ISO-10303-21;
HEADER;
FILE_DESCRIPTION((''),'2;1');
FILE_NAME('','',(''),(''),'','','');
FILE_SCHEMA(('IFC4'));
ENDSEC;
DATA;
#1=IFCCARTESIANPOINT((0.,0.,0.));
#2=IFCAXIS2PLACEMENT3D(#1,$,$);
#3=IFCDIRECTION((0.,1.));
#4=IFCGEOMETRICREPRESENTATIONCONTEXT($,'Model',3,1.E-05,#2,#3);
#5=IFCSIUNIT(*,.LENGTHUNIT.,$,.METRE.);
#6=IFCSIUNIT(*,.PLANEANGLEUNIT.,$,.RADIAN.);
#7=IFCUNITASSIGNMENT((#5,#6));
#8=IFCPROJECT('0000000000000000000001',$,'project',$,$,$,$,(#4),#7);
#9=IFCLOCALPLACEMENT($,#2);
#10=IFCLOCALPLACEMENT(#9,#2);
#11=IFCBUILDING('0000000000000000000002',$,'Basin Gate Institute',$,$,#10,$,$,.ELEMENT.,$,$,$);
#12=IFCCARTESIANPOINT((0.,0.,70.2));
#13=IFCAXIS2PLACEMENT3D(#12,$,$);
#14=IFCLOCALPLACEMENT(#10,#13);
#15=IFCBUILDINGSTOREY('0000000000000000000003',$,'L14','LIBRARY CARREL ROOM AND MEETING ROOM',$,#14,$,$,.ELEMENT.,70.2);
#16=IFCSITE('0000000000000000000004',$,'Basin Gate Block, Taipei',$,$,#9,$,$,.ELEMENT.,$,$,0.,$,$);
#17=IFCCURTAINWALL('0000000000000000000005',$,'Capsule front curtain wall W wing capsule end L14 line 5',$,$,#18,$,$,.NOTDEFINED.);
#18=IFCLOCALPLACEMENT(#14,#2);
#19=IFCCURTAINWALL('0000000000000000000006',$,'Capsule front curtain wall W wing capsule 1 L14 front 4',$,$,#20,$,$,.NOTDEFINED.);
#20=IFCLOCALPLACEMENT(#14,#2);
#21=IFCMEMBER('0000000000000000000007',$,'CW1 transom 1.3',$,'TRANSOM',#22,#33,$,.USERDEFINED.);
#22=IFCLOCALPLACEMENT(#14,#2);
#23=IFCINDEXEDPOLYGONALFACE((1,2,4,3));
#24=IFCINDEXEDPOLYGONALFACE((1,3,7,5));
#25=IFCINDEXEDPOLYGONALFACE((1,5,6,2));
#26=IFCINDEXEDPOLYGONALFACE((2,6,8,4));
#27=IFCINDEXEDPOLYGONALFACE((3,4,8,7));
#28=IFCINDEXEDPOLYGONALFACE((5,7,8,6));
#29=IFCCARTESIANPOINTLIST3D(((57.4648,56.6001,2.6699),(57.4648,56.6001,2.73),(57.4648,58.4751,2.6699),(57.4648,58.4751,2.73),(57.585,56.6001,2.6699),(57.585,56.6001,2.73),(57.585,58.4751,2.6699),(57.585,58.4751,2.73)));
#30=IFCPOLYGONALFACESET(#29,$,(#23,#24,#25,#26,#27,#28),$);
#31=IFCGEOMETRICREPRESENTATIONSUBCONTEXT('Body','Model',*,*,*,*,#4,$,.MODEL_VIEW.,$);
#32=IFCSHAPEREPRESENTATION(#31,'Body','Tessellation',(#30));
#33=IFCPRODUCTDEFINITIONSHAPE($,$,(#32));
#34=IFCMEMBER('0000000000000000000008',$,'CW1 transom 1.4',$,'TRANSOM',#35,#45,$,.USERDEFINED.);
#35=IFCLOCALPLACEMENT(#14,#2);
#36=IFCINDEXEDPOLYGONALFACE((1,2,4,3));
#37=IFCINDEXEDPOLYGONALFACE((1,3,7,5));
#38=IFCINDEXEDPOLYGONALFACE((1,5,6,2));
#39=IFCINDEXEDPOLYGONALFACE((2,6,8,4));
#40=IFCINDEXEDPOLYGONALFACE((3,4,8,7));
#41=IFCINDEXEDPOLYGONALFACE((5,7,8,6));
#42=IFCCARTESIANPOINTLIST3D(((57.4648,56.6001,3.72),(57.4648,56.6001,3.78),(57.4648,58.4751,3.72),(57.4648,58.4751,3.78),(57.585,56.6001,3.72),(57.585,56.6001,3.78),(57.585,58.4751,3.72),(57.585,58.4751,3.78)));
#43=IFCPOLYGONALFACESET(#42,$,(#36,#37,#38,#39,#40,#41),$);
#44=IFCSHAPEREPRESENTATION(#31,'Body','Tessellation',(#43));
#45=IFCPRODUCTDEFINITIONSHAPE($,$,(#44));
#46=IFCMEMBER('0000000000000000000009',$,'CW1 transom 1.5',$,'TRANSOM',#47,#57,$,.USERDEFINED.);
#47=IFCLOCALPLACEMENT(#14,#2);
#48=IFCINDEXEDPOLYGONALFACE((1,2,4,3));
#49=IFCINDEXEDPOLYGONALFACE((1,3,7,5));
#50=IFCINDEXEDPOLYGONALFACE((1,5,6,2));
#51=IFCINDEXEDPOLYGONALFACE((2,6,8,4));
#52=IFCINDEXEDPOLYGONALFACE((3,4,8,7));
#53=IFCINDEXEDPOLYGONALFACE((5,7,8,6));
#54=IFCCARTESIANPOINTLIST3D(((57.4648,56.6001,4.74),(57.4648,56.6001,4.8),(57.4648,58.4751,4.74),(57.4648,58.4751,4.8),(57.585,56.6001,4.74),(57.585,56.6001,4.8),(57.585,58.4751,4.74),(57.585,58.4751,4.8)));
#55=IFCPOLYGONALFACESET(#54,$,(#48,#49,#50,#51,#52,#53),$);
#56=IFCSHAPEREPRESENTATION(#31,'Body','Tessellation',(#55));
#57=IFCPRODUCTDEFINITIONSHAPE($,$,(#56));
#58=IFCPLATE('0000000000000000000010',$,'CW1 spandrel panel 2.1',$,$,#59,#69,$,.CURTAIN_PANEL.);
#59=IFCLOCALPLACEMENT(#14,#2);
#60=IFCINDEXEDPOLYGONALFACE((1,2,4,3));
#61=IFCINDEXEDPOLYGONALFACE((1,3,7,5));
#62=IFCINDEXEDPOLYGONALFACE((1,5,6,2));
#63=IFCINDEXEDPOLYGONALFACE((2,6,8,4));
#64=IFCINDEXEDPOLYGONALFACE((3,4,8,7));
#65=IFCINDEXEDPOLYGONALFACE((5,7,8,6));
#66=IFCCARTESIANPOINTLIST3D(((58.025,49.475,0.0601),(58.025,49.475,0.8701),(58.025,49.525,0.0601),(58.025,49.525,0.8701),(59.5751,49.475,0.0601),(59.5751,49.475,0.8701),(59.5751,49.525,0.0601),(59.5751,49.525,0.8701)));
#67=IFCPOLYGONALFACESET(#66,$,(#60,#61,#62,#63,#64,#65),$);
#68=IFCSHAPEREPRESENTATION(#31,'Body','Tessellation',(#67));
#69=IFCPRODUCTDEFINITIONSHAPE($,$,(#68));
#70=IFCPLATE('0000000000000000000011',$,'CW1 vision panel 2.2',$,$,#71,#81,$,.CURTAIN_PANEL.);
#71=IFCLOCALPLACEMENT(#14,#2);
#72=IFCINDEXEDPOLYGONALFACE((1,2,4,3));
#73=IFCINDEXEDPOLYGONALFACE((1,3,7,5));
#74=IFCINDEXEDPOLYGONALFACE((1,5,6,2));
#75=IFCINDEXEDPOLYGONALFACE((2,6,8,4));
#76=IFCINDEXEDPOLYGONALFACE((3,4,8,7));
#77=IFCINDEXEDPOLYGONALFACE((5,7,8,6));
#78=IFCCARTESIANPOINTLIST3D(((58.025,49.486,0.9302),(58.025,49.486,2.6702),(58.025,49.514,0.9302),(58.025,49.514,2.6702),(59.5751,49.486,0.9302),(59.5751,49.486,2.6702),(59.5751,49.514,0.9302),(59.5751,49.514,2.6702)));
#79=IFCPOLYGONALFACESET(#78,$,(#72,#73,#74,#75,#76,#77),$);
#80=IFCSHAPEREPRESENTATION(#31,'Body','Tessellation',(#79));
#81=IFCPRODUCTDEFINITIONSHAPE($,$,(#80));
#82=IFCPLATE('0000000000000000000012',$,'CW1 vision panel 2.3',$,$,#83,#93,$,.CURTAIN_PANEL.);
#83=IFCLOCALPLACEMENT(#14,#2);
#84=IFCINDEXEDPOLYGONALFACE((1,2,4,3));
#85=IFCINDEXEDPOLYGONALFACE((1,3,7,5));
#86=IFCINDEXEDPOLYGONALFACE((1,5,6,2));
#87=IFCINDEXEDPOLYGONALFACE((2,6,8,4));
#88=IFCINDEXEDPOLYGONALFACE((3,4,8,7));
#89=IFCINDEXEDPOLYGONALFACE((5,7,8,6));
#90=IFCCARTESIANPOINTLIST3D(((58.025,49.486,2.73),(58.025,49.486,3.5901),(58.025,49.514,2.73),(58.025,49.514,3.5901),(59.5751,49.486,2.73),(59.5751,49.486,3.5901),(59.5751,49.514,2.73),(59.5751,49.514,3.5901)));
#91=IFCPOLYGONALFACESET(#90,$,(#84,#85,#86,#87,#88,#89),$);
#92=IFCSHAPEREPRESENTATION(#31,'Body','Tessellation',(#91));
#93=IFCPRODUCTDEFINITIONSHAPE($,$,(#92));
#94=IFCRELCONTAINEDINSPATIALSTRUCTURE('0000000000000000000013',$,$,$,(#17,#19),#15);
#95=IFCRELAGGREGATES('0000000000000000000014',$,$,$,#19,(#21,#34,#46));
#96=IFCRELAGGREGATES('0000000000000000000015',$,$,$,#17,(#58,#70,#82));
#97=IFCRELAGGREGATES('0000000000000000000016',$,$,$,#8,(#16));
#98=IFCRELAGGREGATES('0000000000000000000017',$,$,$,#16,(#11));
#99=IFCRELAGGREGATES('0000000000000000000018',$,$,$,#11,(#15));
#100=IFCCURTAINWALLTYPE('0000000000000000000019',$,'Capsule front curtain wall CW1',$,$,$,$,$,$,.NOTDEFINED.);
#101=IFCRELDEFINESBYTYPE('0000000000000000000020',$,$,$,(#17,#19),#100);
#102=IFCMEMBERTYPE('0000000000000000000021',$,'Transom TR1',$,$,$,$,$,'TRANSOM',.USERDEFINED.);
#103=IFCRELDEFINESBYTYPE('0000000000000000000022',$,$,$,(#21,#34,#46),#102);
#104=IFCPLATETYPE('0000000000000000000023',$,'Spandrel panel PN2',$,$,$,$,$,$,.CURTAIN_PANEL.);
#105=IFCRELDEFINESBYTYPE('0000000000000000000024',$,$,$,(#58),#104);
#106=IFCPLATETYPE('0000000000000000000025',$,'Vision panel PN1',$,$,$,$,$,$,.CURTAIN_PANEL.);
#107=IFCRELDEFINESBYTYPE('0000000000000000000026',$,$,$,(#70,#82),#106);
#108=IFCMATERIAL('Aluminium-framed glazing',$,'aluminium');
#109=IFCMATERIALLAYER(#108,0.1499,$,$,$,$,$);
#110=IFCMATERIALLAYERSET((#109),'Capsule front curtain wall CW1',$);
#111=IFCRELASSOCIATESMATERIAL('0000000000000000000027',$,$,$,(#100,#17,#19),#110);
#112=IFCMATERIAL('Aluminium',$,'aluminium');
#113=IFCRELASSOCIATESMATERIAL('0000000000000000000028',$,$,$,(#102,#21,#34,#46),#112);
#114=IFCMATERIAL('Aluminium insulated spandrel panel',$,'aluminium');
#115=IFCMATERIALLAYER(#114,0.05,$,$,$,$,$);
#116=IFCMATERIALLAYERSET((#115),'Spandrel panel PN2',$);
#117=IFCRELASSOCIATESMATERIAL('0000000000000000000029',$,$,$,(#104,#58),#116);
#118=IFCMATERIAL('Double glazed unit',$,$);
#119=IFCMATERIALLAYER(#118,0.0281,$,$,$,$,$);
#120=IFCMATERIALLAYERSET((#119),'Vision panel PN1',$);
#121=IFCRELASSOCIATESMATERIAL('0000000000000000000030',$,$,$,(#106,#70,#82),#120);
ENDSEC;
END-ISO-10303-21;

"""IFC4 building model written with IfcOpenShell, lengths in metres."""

from ifc_helpers import new_model, si_unit, direction, frame, origin, origin_2d, place, context, subcontext, project, spatial, rectangle, extrude, material, layer, layer_set, material_profile, profile_set, type_object, element, aggregate, save


model = new_model("IFC4")

# Units and contexts
model_context = context("Model", 3, precision=1e-05, world=origin(), true_north=direction((0.0, 1.0)))
body_context = subcontext(model_context, "Body", "Model", "MODEL_VIEW")
ifc_project = project(units=[si_unit("LENGTHUNIT", "METRE"), si_unit("PLANEANGLEUNIT", "RADIAN")], contexts=[model_context])

# Site, building, storey
site_placement = place(None, origin())
site = spatial("IfcSite", under=ifc_project, at=site_placement, Name="Basin Gate Block, Taipei", CompositionType="ELEMENT", RefElevation=0.0)
building_placement = place(site_placement, origin())
building = spatial("IfcBuilding", under=site, at=building_placement, Name="Basin Gate Institute", CompositionType="ELEMENT")
storey_placement = place(building_placement, frame((0.0, 0.0, 70.2)))
storey = spatial("IfcBuildingStorey", under=building, at=storey_placement, Name="L14", Description="LIBRARY CARREL ROOM AND MEETING ROOM", CompositionType="ELEMENT", Elevation=70.2)

# Curtain wall
ifc_material_1 = material(Name="Aluminium-framed glazing", Category="aluminium")
ifc_layer_1 = layer(ifc_material_1, 0.1499)
ifc_layer_set_1 = layer_set([ifc_layer_1], Name="Capsule front curtain wall CW1")
curtain_wall_type = type_object("IfcCurtainWallType", Name="Capsule front curtain wall CW1", PredefinedType="NOTDEFINED", material=ifc_layer_set_1)
curtain_wall_1_placement = place(storey_placement, origin())
curtain_wall_1 = element("IfcCurtainWall", 1, at=curtain_wall_1_placement, inside=storey, type_object=curtain_wall_type, material=ifc_layer_set_1, Name="Capsule front curtain wall W wing capsule end L14 line 5", PredefinedType="NOTDEFINED")

# Curtain wall
curtain_wall_2_placement = place(storey_placement, origin())
curtain_wall_2 = element("IfcCurtainWall", 2, at=curtain_wall_2_placement, inside=storey, type_object=curtain_wall_type, material=ifc_layer_set_1, Name="Capsule front curtain wall W wing capsule 1 L14 front 4", PredefinedType="NOTDEFINED")

# Shared definitions
ifc_material_2 = material(Name="Aluminium", Category="aluminium")
ifc_material_profile_1 = material_profile(ifc_material_2, rectangle(XDim=0.1201, YDim=0.0601, at=origin_2d()), Name="Transom TR1 120 x 60")
ifc_profile_set_1 = profile_set([ifc_material_profile_1], Name="Aluminium")
member_type_1 = type_object("IfcMemberType", Name="Transom TR1", ElementType="TRANSOM", PredefinedType="USERDEFINED", material=ifc_profile_set_1)

# Members
member_1_placement = place(storey_placement, frame((57.5249, 56.6001, 2.7), z_axis=(0.0, 1.0, 0.0), x_axis=(-1.0, 0.0, 0.0)))
member_1 = element("IfcMember", 3, at=member_1_placement, type_object=member_type_1, material=ifc_profile_set_1, Name="CW1 transom 1.3", ObjectType="TRANSOM", PredefinedType="USERDEFINED", context=body_context, shape_type="SweptSolid", body=[
    extrude(rectangle(XDim=0.1201, YDim=0.0601, at=origin_2d()), origin(), (0.0, 0.0, 1.0), 1.875),
])
member_2_placement = place(storey_placement, frame((57.5249, 56.6001, 3.75), z_axis=(0.0, 1.0, 0.0), x_axis=(-1.0, 0.0, 0.0)))
member_2 = element("IfcMember", 4, at=member_2_placement, type_object=member_type_1, material=ifc_profile_set_1, Name="CW1 transom 1.4", ObjectType="TRANSOM", PredefinedType="USERDEFINED", context=body_context, shape_type="SweptSolid", body=[
    extrude(rectangle(XDim=0.1201, YDim=0.0601, at=origin_2d()), origin(), (0.0, 0.0, 1.0), 1.875),
])
member_3_placement = place(storey_placement, frame((57.5249, 56.6001, 4.77), z_axis=(0.0, 1.0, 0.0), x_axis=(-1.0, 0.0, 0.0)))
member_3 = element("IfcMember", 5, at=member_3_placement, type_object=member_type_1, material=ifc_profile_set_1, Name="CW1 transom 1.5", ObjectType="TRANSOM", PredefinedType="USERDEFINED", context=body_context, shape_type="SweptSolid", body=[
    extrude(rectangle(XDim=0.1201, YDim=0.0601, at=origin_2d()), origin(), (0.0, 0.0, 1.0), 1.875),
])
aggregate(curtain_wall_2, [member_1, member_2, member_3])

# Plates
ifc_material_3 = material(Name="Aluminium insulated spandrel panel", Category="aluminium")
ifc_layer_2 = layer(ifc_material_3, 0.05)
ifc_layer_set_2 = layer_set([ifc_layer_2], Name="Spandrel panel PN2")
plate_type_1 = type_object("IfcPlateType", Name="Spandrel panel PN2", PredefinedType="CURTAIN_PANEL", material=ifc_layer_set_2)
plate_1_placement = place(storey_placement, frame((58.8, 49.5, 0.0601), z_axis=(0.0, 0.0, 1.0), x_axis=(1.0, 0.0, 0.0)))
plate_1 = element("IfcPlate", 6, at=plate_1_placement, type_object=plate_type_1, material=ifc_layer_set_2, Name="CW1 spandrel panel 2.1", PredefinedType="CURTAIN_PANEL", context=body_context, shape_type="SweptSolid", body=[
    extrude(rectangle(XDim=1.55, YDim=0.05, at=origin_2d()), origin(), (0.0, 0.0, 1.0), 0.8101),
])
ifc_material_4 = material(Name="Double glazed unit")
ifc_layer_3 = layer(ifc_material_4, 0.0281)
ifc_layer_set_3 = layer_set([ifc_layer_3], Name="Vision panel PN1")
plate_type_2 = type_object("IfcPlateType", Name="Vision panel PN1", PredefinedType="CURTAIN_PANEL", material=ifc_layer_set_3)
plate_2_placement = place(storey_placement, frame((58.8, 49.5, 0.9302), z_axis=(0.0, 0.0, 1.0), x_axis=(1.0, 0.0, 0.0)))
plate_2 = element("IfcPlate", 7, at=plate_2_placement, type_object=plate_type_2, material=ifc_layer_set_3, Name="CW1 vision panel 2.2", PredefinedType="CURTAIN_PANEL", context=body_context, shape_type="SweptSolid", body=[
    extrude(rectangle(XDim=1.55, YDim=0.0281, at=origin_2d()), origin(), (0.0, 0.0, 1.0), 1.74),
])
plate_3_placement = place(storey_placement, frame((58.8, 49.5, 2.73), z_axis=(0.0, 0.0, 1.0), x_axis=(1.0, 0.0, 0.0)))
plate_3 = element("IfcPlate", 8, at=plate_3_placement, type_object=plate_type_2, material=ifc_layer_set_3, Name="CW1 vision panel 2.3", PredefinedType="CURTAIN_PANEL", context=body_context, shape_type="SweptSolid", body=[
    extrude(rectangle(XDim=1.55, YDim=0.0281, at=origin_2d()), origin(), (0.0, 0.0, 1.0), 0.8601),
])
aggregate(curtain_wall_1, [plate_1, plate_2, plate_3])

save(model, "model.ifc")
